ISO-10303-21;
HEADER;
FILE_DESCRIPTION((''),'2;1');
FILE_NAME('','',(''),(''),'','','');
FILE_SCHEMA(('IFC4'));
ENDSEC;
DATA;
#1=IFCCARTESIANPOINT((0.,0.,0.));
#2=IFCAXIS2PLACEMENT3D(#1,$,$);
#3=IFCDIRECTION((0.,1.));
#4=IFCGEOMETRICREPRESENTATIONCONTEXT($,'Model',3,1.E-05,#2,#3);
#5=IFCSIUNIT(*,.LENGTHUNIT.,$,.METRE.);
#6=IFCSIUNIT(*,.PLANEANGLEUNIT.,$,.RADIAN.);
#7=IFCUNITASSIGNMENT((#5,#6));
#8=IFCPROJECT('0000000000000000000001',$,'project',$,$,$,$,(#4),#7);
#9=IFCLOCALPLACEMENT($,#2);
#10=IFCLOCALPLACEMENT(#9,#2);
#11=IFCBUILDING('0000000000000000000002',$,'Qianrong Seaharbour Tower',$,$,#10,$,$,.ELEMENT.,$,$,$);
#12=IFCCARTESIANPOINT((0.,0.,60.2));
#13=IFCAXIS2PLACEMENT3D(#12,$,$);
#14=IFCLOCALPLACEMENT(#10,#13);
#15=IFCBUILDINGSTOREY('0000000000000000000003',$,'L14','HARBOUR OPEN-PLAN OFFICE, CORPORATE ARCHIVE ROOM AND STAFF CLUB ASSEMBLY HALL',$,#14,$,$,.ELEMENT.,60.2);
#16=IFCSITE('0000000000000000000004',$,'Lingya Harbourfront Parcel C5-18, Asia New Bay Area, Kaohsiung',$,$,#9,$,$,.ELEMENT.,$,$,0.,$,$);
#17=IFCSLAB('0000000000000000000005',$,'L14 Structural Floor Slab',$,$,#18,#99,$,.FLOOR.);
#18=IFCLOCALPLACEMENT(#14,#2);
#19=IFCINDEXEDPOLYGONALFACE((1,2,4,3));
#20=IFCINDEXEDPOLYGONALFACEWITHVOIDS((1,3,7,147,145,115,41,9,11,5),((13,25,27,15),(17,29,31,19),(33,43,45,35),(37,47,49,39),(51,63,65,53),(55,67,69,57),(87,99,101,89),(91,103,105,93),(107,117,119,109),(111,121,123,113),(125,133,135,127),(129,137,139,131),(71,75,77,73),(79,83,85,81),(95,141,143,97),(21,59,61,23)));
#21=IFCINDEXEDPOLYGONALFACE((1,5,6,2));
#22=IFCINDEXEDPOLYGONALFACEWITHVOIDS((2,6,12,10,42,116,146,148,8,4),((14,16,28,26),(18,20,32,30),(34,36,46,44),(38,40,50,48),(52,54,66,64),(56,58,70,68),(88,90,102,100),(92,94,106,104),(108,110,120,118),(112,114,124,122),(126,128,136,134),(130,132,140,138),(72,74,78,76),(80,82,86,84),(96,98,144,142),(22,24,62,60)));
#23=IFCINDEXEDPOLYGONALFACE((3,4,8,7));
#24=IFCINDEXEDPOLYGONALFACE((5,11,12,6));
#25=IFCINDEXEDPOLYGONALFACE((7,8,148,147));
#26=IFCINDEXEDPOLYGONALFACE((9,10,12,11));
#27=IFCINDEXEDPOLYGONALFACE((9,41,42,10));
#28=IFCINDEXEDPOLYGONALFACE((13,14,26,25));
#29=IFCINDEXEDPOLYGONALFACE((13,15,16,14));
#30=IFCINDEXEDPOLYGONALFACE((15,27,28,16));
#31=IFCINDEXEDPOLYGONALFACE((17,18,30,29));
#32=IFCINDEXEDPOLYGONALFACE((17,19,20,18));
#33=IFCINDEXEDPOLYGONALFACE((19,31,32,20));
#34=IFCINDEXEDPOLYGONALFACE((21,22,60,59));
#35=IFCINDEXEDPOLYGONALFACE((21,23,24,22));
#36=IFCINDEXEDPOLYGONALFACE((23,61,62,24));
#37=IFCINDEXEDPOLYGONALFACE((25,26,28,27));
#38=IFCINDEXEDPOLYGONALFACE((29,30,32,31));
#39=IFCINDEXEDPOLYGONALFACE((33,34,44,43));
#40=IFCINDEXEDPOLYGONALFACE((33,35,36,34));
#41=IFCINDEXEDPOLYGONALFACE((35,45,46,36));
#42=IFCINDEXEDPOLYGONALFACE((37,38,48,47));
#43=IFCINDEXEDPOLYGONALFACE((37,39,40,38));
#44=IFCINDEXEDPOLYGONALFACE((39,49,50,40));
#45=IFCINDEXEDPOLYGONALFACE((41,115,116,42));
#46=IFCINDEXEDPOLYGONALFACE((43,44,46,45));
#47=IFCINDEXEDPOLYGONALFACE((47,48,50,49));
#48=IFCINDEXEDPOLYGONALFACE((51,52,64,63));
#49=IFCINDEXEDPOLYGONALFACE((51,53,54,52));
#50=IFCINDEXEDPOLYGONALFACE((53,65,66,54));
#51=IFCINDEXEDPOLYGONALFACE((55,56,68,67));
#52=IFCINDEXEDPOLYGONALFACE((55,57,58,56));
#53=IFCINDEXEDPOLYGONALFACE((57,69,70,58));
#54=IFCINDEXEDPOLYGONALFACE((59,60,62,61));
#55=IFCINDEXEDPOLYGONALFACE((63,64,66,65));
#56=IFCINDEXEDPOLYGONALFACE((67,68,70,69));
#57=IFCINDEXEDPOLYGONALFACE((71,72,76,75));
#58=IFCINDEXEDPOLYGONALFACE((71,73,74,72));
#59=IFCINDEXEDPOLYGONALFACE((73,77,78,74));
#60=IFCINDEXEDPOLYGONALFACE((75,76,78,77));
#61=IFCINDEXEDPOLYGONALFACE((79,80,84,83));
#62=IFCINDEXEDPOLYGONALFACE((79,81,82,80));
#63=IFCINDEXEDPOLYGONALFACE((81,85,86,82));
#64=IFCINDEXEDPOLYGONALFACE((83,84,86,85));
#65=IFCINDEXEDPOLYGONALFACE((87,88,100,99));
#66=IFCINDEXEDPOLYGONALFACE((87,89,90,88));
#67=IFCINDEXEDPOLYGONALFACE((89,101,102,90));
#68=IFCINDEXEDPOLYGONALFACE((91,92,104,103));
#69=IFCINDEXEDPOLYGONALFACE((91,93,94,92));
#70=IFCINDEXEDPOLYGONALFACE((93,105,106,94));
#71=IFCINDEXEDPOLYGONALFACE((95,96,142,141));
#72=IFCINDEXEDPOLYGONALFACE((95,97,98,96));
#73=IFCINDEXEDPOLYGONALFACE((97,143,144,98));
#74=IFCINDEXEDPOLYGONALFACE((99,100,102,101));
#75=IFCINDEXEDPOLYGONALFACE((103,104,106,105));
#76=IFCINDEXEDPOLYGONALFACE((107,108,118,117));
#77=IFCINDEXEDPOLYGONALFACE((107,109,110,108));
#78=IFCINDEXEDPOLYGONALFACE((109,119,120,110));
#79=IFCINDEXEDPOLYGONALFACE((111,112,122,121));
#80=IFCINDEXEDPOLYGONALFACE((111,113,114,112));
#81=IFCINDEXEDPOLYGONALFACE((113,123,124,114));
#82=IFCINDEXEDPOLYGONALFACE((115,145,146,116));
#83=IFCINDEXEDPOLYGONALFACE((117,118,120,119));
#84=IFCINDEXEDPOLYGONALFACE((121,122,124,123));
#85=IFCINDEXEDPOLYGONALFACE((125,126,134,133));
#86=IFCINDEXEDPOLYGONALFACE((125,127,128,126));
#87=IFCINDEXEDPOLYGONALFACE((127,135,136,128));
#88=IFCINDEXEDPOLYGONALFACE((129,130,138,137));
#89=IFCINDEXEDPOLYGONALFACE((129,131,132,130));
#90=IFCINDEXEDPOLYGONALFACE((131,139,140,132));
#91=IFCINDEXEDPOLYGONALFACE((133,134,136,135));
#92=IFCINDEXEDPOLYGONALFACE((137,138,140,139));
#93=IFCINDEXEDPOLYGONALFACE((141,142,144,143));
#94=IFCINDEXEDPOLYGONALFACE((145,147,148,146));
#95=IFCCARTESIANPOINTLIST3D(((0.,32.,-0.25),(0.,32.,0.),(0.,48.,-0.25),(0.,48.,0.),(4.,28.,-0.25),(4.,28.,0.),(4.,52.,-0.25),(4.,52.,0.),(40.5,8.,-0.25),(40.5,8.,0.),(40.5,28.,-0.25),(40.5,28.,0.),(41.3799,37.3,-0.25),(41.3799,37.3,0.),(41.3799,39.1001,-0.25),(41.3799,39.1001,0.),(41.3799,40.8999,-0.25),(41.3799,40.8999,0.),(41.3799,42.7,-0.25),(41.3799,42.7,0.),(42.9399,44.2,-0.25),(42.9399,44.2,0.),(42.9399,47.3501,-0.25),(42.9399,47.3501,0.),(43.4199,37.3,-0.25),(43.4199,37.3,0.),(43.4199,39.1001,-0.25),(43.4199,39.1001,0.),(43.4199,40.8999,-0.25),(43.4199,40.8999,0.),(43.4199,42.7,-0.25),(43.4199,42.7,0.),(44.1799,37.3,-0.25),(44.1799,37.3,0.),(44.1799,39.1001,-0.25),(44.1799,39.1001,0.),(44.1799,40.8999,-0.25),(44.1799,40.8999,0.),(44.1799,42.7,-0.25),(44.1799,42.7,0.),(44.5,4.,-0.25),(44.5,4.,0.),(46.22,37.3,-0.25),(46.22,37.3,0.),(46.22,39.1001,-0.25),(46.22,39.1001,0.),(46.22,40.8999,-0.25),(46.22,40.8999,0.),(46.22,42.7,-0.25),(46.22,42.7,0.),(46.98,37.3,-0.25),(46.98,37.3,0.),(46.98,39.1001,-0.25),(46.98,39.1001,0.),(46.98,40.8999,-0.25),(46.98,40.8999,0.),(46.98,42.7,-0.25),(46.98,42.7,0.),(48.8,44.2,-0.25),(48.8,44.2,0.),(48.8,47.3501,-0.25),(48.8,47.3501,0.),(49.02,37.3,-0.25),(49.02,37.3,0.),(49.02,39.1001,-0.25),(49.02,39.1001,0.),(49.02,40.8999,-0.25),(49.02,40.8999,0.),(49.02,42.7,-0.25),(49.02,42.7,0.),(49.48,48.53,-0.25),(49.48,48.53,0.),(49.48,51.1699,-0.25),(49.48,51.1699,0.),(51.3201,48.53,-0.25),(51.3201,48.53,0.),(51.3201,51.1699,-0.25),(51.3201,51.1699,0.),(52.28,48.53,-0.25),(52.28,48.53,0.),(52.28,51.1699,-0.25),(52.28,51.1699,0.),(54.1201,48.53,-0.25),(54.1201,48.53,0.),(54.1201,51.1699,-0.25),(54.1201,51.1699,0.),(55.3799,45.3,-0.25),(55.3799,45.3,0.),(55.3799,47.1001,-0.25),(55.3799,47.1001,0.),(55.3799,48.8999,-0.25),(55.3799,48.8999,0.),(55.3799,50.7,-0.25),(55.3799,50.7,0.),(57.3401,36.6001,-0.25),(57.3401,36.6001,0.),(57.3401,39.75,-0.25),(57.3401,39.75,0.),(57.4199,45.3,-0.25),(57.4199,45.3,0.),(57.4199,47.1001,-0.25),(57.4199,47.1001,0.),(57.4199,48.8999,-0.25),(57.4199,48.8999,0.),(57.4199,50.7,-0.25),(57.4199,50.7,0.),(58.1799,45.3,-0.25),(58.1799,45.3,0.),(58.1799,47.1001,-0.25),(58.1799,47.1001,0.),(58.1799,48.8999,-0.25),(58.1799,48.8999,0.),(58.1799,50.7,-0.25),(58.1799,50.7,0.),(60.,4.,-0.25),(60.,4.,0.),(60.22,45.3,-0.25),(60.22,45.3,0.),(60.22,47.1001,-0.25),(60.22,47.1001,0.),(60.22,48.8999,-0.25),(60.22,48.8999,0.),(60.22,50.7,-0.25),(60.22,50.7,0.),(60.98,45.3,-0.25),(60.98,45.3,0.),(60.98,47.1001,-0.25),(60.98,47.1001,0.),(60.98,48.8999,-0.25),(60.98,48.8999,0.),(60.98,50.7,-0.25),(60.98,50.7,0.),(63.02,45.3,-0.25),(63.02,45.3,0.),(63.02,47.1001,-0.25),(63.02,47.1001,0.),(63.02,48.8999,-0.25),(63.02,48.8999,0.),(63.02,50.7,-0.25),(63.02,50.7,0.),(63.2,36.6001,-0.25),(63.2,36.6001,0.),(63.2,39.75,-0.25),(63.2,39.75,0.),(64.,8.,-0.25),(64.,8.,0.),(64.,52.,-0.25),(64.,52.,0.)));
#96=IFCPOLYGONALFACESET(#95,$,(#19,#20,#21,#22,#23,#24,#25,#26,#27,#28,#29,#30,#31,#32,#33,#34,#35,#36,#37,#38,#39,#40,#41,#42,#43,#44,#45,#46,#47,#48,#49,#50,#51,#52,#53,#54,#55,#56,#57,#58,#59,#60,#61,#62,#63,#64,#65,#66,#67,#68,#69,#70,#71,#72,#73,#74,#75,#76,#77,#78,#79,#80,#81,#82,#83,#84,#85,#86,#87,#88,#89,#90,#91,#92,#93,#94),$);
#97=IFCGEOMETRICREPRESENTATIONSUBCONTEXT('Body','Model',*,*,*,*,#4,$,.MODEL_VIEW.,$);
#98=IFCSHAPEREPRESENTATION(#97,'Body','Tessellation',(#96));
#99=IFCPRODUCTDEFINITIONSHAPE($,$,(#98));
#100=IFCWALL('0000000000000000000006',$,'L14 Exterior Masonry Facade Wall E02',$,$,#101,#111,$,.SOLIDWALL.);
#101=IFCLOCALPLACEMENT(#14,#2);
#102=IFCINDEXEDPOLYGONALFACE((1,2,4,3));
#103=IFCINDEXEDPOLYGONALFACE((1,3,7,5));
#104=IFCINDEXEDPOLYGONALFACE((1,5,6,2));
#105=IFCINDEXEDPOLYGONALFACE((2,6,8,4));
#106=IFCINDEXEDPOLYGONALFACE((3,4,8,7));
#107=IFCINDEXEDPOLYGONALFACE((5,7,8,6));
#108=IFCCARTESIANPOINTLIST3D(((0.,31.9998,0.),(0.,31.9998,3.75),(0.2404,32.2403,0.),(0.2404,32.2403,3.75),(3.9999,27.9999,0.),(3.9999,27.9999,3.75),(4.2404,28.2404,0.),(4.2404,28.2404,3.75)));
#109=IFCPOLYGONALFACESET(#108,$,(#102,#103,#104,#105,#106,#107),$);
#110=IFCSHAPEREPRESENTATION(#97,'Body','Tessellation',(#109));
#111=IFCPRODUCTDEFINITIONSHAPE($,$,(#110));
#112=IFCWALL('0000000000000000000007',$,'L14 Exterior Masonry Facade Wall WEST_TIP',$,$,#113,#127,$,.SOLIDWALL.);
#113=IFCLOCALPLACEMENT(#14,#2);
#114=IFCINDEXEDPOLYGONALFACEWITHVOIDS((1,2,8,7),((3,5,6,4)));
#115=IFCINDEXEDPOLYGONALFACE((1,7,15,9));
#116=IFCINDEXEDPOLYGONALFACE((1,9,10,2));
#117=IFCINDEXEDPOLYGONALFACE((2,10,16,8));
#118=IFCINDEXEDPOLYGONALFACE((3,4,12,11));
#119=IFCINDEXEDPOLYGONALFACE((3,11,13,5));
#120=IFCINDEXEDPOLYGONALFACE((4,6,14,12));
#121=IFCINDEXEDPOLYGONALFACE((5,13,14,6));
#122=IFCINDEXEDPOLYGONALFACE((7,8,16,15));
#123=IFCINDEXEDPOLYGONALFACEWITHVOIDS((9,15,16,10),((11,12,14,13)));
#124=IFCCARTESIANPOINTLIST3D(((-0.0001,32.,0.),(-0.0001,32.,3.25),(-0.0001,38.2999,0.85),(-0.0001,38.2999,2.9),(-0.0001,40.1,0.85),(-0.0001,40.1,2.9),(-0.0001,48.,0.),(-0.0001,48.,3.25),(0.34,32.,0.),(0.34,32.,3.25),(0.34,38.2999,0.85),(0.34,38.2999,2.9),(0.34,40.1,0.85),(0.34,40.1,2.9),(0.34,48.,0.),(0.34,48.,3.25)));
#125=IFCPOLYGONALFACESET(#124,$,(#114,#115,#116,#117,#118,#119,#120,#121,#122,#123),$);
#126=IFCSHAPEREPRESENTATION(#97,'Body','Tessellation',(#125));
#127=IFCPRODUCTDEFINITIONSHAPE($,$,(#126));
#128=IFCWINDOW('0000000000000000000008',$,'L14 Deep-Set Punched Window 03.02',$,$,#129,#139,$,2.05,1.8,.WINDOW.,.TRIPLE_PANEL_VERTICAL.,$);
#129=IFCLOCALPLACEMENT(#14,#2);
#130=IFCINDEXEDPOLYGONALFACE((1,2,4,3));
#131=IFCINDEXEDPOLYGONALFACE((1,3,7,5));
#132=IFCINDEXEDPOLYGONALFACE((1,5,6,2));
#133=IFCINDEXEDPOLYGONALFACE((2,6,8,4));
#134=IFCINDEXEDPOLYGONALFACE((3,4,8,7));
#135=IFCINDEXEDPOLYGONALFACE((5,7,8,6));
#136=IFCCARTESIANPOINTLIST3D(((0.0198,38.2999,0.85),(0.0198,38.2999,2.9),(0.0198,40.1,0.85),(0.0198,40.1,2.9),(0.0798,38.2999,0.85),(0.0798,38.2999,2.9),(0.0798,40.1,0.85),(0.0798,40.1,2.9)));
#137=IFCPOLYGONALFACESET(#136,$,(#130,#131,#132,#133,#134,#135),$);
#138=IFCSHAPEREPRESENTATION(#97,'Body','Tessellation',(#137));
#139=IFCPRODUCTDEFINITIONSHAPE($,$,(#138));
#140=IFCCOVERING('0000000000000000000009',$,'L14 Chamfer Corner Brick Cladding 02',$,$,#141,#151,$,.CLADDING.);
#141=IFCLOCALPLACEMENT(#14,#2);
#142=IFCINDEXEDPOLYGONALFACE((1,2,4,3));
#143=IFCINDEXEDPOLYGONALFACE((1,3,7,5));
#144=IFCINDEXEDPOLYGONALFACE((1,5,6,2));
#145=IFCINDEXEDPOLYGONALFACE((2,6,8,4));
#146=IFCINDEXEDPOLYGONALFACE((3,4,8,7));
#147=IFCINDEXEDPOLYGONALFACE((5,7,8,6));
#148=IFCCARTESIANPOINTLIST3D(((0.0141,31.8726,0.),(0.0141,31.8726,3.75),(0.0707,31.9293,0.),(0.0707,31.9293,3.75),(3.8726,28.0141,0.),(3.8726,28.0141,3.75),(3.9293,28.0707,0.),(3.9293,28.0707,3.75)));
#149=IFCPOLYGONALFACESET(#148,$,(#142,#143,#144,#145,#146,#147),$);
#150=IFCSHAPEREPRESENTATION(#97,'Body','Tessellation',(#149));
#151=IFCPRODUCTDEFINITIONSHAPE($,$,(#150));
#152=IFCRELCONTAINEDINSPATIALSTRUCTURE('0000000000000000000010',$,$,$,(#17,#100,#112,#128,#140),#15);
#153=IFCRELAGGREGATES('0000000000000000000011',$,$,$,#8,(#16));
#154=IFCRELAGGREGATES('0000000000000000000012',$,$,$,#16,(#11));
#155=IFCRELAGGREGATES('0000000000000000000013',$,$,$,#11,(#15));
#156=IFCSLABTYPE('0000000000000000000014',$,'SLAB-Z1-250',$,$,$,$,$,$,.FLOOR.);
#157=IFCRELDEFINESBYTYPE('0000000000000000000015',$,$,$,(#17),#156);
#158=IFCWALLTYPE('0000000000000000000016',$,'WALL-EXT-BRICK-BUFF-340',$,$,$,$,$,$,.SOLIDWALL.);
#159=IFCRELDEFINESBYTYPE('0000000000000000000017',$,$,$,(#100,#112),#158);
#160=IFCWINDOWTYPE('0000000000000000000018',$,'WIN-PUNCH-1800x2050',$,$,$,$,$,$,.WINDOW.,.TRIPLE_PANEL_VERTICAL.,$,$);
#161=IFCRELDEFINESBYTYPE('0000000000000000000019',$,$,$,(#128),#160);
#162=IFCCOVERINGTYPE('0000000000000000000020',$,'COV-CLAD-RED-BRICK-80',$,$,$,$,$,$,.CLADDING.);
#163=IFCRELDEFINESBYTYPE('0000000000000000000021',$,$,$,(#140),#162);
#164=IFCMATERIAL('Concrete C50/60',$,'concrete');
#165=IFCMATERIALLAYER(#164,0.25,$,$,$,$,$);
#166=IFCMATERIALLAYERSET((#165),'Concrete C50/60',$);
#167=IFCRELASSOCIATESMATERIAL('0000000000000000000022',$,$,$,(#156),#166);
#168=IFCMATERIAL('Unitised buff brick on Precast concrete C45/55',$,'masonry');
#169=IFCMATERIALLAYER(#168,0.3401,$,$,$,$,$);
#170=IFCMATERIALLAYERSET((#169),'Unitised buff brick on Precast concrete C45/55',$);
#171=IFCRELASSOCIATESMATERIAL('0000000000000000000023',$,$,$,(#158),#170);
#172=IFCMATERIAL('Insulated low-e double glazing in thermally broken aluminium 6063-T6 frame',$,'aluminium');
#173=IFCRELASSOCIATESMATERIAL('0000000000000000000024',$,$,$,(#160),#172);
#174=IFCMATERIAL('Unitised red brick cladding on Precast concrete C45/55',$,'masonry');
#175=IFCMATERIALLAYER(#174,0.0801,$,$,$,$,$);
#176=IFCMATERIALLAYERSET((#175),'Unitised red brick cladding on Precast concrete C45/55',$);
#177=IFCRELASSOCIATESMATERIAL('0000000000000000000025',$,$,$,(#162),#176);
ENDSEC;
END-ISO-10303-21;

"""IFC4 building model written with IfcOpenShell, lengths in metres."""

from ifc_helpers import new_model, si_unit, direction, frame, frame_2d, origin, origin_2d, place, context, subcontext, project, spatial, polyline, rectangle, outline, extrude, material, layer, layer_set, type_object, element, fill, save


model = new_model("IFC4")

# Units and contexts
model_context = context("Model", 3, precision=1e-05, world=origin(), true_north=direction((0.0, 1.0)))
body_context = subcontext(model_context, "Body", "Model", "MODEL_VIEW")
ifc_project = project(units=[si_unit("LENGTHUNIT", "METRE"), si_unit("PLANEANGLEUNIT", "RADIAN")], contexts=[model_context])

# Site, building, storey
site_placement = place(None, origin())
site = spatial("IfcSite", under=ifc_project, at=site_placement, Name="Lingya Harbourfront Parcel C5-18, Asia New Bay Area, Kaohsiung", CompositionType="ELEMENT", RefElevation=0.0)
building_placement = place(site_placement, origin())
building = spatial("IfcBuilding", under=site, at=building_placement, Name="Qianrong Seaharbour Tower", CompositionType="ELEMENT")
storey_placement = place(building_placement, frame((0.0, 0.0, 60.2)))
storey = spatial("IfcBuildingStorey", under=building, at=storey_placement, Name="L14", Description="HARBOUR OPEN-PLAN OFFICE, CORPORATE ARCHIVE ROOM AND STAFF CLUB ASSEMBLY HALL", CompositionType="ELEMENT", Elevation=60.2)

# Shared definitions
ifc_material_1 = material(Name="Concrete C50/60", Category="concrete")

# Slab
ifc_layer_1 = layer(ifc_material_1, 0.25)
ifc_layer_set_1 = layer_set([ifc_layer_1], Name="Concrete C50/60")
slab_type_1 = type_object("IfcSlabType", Name="SLAB-Z1-250", PredefinedType="FLOOR", material=ifc_layer_set_1)
slab_1_placement = place(storey_placement, frame((0.0, 0.0, -0.25)))
element("IfcSlab", 1, at=slab_1_placement, inside=storey, type_object=slab_type_1, Name="L14 Structural Floor Slab", PredefinedType="FLOOR", context=body_context, shape_type="SweptSolid", body=[
    extrude(outline(polyline([(44.5, 4.0), (60.0, 4.0), (64.0, 8.0), (64.0, 52.0), (4.0, 52.0), (0.0, 48.0), (0.0, 32.0), (4.0, 28.0), (40.5, 28.0), (40.5, 8.0), (44.5, 4.0)]), holes=[polyline([(42.9399, 44.2), (42.9399, 47.3501), (48.8, 47.3501), (48.8, 44.2), (42.9399, 44.2)]), polyline([(57.3401, 36.6001), (57.3401, 39.75), (63.2, 39.75), (63.2, 36.6001), (57.3401, 36.6001)]), polyline([(49.48, 48.53), (49.48, 51.1699), (51.3201, 51.1699), (51.3201, 48.53), (49.48, 48.53)]), polyline([(52.28, 48.53), (52.28, 51.1699), (54.1201, 51.1699), (54.1201, 48.53), (52.28, 48.53)]), polyline([(41.3799, 37.3), (41.3799, 39.1001), (43.4199, 39.1001), (43.4199, 37.3), (41.3799, 37.3)]), polyline([(44.1799, 37.3), (44.1799, 39.1001), (46.22, 39.1001), (46.22, 37.3), (44.1799, 37.3)]), polyline([(46.98, 37.3), (46.98, 39.1001), (49.02, 39.1001), (49.02, 37.3), (46.98, 37.3)]), polyline([(41.3799, 40.8999), (41.3799, 42.7), (43.4199, 42.7), (43.4199, 40.8999), (41.3799, 40.8999)]), polyline([(44.1799, 40.8999), (44.1799, 42.7), (46.22, 42.7), (46.22, 40.8999), (44.1799, 40.8999)]), polyline([(46.98, 40.8999), (46.98, 42.7), (49.02, 42.7), (49.02, 40.8999), (46.98, 40.8999)]), polyline([(55.3799, 45.3), (55.3799, 47.1001), (57.4199, 47.1001), (57.4199, 45.3), (55.3799, 45.3)]), polyline([(58.1799, 45.3), (58.1799, 47.1001), (60.22, 47.1001), (60.22, 45.3), (58.1799, 45.3)]), polyline([(60.98, 45.3), (60.98, 47.1001), (63.02, 47.1001), (63.02, 45.3), (60.98, 45.3)]), polyline([(55.3799, 48.8999), (55.3799, 50.7), (57.4199, 50.7), (57.4199, 48.8999), (55.3799, 48.8999)]), polyline([(58.1799, 48.8999), (58.1799, 50.7), (60.22, 50.7), (60.22, 48.8999), (58.1799, 48.8999)]), polyline([(60.98, 48.8999), (60.98, 50.7), (63.02, 50.7), (63.02, 48.8999), (60.98, 48.8999)])]), origin(), (0.0, 0.0, 1.0), 0.25),
])

# Wall
ifc_material_2 = material(Name="Unitised buff brick on Precast concrete C45/55", Category="masonry")
ifc_layer_2 = layer(ifc_material_2, 0.3401)
ifc_layer_set_2 = layer_set([ifc_layer_2], Name="Unitised buff brick on Precast concrete C45/55")
wall_type = type_object("IfcWallType", Name="WALL-EXT-BRICK-BUFF-340", PredefinedType="SOLIDWALL", material=ifc_layer_set_2)
wall_1_placement = place(storey_placement, frame((4.1201, 28.1201, 0.0), z_axis=(0.0, 0.0, 1.0), x_axis=(-0.707107, 0.707107, 0.0)))
element("IfcWall", 2, at=wall_1_placement, inside=storey, type_object=wall_type, Name="L14 Exterior Masonry Facade Wall E02", PredefinedType="SOLIDWALL", context=body_context, shape_type="SweptSolid", body=[
    extrude(rectangle(XDim=5.6567, YDim=0.3401, at=frame_2d((2.8284, 0.0))), origin(), (0.0, 0.0, 1.0), 3.75),
])

# Wall, opening, window
wall_2_placement = place(storey_placement, frame((0.1699, 32.0, 0.0), z_axis=(0.0, 0.0, 1.0), x_axis=(0.0, 1.0, 0.0)))
wall_2 = element("IfcWall", 3, at=wall_2_placement, inside=storey, type_object=wall_type, Name="L14 Exterior Masonry Facade Wall WEST_TIP", PredefinedType="SOLIDWALL", context=body_context, shape_type="SweptSolid", body=[
    extrude(rectangle(XDim=16.0, YDim=0.3401, at=frame_2d((8.0, 0.0))), origin(), (0.0, 0.0, 1.0), 3.25),
])
opening_placement = place(wall_2_placement, frame((6.3, 0.0, 0.8501)))
opening = element("IfcOpeningElement", 4, at=opening_placement, cuts=wall_2, PredefinedType="OPENING", context=body_context, shape_type="SweptSolid", body=[
    extrude(rectangle(XDim=1.8, YDim=2.05, at=frame_2d((0.8999, 1.0249))), frame((0.0, 0.1802, 0.0), z_axis=(0.0, -1.0, 0.0), x_axis=(1.0, 0.0, 0.0)), (0.0, 0.0, 1.0), 0.3601),
])
ifc_material_3 = material(Name="Insulated low-e double glazing in thermally broken aluminium 6063-T6 frame", Category="aluminium")
window_type = type_object("IfcWindowType", Name="WIN-PUNCH-1800x2050", PartitioningType="TRIPLE_PANEL_VERTICAL", PredefinedType="WINDOW", material=ifc_material_3)
window_placement = place(opening_placement, origin())
window = element("IfcWindow", 5, at=window_placement, inside=storey, type_object=window_type, Name="L14 Deep-Set Punched Window 03.02", OverallHeight=2.05, OverallWidth=1.8, PartitioningType="TRIPLE_PANEL_VERTICAL", PredefinedType="WINDOW", context=body_context, shape_type="SweptSolid", body=[
    extrude(rectangle(XDim=1.8, YDim=2.05, at=frame_2d((0.8999, 1.0249))), frame((0.0, 0.1501, 0.0), z_axis=(0.0, -1.0, 0.0), x_axis=(1.0, 0.0, 0.0)), (0.0, 0.0, 1.0), 0.0601),
])
fill(opening, window)

# Covering
ifc_material_4 = material(Name="Unitised red brick cladding on Precast concrete C45/55", Category="masonry")
ifc_layer_3 = layer(ifc_material_4, 0.0801)
ifc_layer_set_3 = layer_set([ifc_layer_3], Name="Unitised red brick cladding on Precast concrete C45/55")
covering_type_1 = type_object("IfcCoveringType", Name="COV-CLAD-RED-BRICK-80", PredefinedType="CLADDING", material=ifc_layer_set_3)
covering_1_placement = place(storey_placement, frame((1.9717, 29.9717, 0.0), z_axis=(0.0, 0.0, 1.0), x_axis=(-0.707107, 0.707107, 0.0)))
element("IfcCovering", 6, at=covering_1_placement, inside=storey, type_object=covering_type_1, Name="L14 Chamfer Corner Brick Cladding 02", PredefinedType="CLADDING", context=body_context, shape_type="SweptSolid", body=[
    extrude(rectangle(XDim=5.4568, YDim=0.0801, at=origin_2d()), origin(), (0.0, 0.0, 1.0), 3.75),
])

save(model, "model.ifc")
